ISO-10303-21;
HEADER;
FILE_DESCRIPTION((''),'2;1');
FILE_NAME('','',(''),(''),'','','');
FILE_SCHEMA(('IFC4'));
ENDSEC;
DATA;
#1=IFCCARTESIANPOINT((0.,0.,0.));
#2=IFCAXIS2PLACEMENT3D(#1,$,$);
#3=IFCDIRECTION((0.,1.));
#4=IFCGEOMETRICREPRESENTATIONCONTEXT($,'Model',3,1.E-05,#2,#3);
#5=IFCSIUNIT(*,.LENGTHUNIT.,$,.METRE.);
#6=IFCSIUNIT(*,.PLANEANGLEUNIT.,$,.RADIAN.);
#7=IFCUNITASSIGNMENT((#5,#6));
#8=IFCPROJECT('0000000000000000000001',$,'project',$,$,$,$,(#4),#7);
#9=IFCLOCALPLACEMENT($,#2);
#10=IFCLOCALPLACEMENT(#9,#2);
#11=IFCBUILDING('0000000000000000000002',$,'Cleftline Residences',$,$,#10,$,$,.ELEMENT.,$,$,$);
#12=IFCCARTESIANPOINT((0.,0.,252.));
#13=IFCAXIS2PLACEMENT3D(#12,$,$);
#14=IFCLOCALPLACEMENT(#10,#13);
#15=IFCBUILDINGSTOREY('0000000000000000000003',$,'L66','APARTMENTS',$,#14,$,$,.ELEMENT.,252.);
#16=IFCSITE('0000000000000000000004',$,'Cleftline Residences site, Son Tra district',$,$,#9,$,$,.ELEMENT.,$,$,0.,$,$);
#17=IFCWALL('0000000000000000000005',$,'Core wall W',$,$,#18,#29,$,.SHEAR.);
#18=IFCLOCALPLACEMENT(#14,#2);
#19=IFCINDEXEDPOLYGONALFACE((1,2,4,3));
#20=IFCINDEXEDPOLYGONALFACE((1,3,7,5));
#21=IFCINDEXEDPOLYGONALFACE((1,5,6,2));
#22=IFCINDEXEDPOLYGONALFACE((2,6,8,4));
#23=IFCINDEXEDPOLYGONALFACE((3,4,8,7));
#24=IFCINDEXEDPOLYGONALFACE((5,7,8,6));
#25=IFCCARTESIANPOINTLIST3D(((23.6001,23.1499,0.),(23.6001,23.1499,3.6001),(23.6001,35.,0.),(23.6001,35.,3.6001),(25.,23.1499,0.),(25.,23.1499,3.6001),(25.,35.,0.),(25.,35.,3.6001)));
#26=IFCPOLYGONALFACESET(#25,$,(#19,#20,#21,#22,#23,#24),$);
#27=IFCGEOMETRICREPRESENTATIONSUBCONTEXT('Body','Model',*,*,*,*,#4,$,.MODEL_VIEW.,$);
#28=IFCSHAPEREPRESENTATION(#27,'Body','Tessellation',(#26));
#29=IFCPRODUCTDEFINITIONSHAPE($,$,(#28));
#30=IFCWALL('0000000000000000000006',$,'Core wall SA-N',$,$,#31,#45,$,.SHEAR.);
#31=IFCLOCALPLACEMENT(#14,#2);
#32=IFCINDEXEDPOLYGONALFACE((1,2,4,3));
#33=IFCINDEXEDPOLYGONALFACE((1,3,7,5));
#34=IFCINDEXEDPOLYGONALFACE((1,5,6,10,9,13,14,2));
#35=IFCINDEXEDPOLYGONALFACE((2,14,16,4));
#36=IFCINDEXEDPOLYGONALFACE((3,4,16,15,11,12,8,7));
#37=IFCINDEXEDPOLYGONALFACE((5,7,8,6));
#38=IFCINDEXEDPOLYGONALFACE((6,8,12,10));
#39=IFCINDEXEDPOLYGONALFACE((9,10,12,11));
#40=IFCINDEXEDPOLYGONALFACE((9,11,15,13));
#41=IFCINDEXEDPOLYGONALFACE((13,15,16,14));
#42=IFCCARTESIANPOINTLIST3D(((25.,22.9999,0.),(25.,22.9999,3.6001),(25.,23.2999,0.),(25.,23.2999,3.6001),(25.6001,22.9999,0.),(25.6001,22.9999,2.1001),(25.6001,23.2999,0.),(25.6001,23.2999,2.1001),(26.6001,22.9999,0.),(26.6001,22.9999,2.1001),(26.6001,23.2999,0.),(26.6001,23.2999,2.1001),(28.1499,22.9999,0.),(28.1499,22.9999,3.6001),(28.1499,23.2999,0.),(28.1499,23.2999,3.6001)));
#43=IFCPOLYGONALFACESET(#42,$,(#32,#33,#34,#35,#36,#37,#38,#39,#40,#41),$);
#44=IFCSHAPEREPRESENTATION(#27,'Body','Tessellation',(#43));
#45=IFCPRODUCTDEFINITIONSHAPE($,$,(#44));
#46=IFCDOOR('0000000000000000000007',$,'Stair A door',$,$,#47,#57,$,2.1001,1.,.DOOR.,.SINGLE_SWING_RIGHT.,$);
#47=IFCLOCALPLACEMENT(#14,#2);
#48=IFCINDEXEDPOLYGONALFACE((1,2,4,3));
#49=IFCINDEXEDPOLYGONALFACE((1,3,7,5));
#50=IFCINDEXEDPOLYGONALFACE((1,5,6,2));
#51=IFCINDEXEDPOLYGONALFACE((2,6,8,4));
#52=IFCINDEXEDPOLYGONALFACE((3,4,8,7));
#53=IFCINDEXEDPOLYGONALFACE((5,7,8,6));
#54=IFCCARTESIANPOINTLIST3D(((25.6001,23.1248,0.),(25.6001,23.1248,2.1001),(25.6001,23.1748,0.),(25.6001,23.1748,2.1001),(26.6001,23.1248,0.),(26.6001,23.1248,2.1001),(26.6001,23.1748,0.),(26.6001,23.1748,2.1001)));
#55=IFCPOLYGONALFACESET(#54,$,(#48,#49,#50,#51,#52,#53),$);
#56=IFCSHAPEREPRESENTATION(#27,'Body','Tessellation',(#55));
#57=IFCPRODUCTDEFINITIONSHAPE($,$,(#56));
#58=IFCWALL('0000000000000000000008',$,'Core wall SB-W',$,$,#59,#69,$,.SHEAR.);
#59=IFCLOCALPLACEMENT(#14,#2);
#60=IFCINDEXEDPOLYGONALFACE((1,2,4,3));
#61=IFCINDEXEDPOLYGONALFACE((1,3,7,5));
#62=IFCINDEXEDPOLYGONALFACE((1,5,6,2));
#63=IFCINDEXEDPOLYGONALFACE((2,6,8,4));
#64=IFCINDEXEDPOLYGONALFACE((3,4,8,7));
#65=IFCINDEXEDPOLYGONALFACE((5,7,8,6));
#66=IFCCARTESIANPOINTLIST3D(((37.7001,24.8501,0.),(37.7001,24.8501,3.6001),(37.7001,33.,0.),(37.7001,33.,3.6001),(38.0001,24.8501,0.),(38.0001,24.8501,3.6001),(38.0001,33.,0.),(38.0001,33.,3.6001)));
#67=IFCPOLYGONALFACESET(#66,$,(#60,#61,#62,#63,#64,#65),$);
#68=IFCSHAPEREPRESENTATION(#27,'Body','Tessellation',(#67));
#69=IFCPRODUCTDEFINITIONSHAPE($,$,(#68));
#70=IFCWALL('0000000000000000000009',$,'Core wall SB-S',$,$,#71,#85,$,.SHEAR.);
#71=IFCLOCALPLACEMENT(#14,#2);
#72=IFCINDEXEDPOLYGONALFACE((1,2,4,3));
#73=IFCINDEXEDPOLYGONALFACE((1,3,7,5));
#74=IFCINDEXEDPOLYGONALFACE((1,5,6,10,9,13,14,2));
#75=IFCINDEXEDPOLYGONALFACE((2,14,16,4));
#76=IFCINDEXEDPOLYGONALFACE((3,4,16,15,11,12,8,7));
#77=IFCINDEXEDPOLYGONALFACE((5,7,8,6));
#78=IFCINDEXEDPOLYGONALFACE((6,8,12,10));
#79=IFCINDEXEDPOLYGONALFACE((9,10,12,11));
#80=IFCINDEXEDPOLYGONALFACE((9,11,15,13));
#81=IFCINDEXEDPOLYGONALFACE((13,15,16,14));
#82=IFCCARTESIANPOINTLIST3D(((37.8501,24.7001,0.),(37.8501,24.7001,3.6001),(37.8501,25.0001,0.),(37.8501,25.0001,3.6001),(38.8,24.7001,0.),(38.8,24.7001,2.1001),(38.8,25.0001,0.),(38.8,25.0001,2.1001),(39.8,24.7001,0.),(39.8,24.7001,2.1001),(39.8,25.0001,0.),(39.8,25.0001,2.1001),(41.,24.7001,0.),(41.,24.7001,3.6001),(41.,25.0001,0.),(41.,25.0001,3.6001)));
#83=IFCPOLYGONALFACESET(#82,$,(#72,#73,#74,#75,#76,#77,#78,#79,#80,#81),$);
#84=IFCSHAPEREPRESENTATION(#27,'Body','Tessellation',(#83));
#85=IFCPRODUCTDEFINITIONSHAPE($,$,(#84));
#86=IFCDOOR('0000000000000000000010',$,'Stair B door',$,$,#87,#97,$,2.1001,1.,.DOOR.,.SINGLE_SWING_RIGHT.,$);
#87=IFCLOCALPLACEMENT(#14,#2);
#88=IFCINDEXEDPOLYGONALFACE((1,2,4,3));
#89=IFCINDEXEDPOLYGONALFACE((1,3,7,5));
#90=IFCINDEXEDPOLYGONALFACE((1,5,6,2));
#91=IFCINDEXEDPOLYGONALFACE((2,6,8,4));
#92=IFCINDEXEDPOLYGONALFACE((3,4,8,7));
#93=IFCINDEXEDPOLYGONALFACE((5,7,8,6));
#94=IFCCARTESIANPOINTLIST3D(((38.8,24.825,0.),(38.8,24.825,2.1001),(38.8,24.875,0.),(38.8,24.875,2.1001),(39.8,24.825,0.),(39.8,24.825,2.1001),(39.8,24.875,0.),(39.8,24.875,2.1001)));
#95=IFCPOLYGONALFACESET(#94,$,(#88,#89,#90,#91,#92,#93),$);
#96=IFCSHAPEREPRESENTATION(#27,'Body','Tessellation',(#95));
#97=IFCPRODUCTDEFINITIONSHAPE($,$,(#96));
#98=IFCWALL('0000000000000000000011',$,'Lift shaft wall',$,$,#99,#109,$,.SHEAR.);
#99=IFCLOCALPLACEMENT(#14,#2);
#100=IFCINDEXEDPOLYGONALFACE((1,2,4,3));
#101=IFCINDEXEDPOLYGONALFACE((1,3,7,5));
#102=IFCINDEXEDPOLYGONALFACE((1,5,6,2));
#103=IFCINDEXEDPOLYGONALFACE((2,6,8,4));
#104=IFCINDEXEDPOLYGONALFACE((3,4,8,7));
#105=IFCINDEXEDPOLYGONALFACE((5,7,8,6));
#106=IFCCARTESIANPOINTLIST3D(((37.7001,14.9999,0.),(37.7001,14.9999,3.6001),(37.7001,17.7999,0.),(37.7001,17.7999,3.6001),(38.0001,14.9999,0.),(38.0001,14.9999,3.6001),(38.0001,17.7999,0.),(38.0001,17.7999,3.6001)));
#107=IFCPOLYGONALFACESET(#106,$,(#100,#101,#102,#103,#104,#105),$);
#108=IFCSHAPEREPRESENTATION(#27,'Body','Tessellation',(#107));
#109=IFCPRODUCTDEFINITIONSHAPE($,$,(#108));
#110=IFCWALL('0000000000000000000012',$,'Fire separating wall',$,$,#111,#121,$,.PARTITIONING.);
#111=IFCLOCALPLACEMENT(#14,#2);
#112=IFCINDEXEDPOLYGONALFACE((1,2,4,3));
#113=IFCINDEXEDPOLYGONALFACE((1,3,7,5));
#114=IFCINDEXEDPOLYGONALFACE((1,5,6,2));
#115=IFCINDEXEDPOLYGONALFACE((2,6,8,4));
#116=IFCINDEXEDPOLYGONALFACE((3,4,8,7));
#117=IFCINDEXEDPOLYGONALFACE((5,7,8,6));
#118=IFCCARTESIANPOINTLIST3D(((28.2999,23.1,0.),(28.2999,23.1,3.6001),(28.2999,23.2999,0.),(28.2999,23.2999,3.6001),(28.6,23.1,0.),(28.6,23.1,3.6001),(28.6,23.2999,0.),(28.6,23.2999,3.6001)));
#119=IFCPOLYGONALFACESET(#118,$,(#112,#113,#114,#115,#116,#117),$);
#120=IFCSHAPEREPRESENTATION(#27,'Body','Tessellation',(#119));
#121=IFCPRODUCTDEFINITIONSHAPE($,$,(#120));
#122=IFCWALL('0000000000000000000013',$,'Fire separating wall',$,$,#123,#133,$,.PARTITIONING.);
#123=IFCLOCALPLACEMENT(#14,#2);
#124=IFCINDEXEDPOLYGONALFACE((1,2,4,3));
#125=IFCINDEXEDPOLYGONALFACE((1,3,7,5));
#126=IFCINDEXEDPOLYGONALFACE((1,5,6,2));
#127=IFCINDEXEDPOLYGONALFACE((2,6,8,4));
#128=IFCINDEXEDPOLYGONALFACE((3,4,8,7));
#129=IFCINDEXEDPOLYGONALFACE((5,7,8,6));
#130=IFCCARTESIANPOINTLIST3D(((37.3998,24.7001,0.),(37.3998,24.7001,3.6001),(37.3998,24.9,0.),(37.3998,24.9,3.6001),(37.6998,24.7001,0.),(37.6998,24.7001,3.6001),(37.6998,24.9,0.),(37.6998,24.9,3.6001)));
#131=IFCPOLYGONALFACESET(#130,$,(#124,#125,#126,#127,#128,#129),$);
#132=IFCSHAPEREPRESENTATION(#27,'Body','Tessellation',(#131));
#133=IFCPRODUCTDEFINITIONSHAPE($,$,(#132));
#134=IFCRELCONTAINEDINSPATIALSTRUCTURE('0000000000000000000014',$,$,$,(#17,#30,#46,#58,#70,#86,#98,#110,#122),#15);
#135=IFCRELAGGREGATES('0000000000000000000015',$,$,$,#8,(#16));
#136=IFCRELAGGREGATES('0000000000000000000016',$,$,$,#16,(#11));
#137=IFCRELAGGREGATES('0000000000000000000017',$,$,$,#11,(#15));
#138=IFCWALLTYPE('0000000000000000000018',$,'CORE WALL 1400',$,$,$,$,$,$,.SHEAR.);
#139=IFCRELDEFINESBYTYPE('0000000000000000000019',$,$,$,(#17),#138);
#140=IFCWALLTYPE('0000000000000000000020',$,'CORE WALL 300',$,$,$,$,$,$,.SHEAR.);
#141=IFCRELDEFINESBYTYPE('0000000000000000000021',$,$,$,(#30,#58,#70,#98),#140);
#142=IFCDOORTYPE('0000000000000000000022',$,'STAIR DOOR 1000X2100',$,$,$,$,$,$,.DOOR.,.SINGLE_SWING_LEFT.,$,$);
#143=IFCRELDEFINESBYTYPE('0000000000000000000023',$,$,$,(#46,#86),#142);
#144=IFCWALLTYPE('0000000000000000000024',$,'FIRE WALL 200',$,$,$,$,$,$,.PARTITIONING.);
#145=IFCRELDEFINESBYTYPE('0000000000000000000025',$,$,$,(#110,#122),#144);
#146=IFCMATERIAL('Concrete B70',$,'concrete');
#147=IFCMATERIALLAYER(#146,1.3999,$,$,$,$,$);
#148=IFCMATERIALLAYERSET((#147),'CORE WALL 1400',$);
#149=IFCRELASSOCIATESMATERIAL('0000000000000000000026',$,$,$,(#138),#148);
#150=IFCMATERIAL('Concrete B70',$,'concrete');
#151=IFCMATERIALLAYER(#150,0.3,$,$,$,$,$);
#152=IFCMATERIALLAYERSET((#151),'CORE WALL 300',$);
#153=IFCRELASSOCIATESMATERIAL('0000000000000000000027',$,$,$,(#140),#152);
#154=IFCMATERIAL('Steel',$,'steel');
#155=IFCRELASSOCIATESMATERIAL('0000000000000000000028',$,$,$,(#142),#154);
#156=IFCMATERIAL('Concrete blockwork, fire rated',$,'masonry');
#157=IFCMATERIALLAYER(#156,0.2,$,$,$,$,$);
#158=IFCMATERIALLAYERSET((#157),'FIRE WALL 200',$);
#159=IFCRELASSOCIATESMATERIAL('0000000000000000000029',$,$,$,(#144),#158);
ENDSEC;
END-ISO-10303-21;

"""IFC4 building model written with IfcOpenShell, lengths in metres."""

from ifc_helpers import new_model, si_unit, direction, frame, frame_2d, origin, place, context, subcontext, project, spatial, rectangle, extrude, material, layer, layer_set, type_object, element, fill, save


model = new_model("IFC4")

# Units and contexts
model_context = context("Model", 3, precision=1e-05, world=origin(), true_north=direction((0.0, 1.0)))
body_context = subcontext(model_context, "Body", "Model", "MODEL_VIEW")
ifc_project = project(units=[si_unit("LENGTHUNIT", "METRE"), si_unit("PLANEANGLEUNIT", "RADIAN")], contexts=[model_context])

# Site, building, storey
site_placement = place(None, origin())
site = spatial("IfcSite", under=ifc_project, at=site_placement, Name="Cleftline Residences site, Son Tra district", CompositionType="ELEMENT", RefElevation=0.0)
building_placement = place(site_placement, origin())
building = spatial("IfcBuilding", under=site, at=building_placement, Name="Cleftline Residences", CompositionType="ELEMENT")
storey_placement = place(building_placement, frame((0.0, 0.0, 252.0)))
storey = spatial("IfcBuildingStorey", under=building, at=storey_placement, Name="L66", Description="APARTMENTS", CompositionType="ELEMENT", Elevation=252.0)

# Wall
ifc_material_1 = material(Name="Concrete B70", Category="concrete")
ifc_layer_1 = layer(ifc_material_1, 1.3999)
ifc_layer_set_1 = layer_set([ifc_layer_1], Name="CORE WALL 1400")
wall_type_1 = type_object("IfcWallType", Name="CORE WALL 1400", PredefinedType="SHEAR", material=ifc_layer_set_1)
wall_1_placement = place(storey_placement, frame((24.3, 23.1499, 0.0), z_axis=(0.0, 0.0, 1.0), x_axis=(0.0, 1.0, 0.0)))
element("IfcWall", 1, at=wall_1_placement, inside=storey, type_object=wall_type_1, Name="Core wall W", PredefinedType="SHEAR", context=body_context, shape_type="SweptSolid", body=[
    extrude(rectangle(XDim=11.8501, YDim=1.3999, at=frame_2d((5.925, 0.0))), origin(), (0.0, 0.0, 1.0), 3.6001),
])

# Wall, opening, door
ifc_material_2 = material(Name="Concrete B70", Category="concrete")
ifc_layer_2 = layer(ifc_material_2, 0.3)
ifc_layer_set_2 = layer_set([ifc_layer_2], Name="CORE WALL 300")
wall_type_2 = type_object("IfcWallType", Name="CORE WALL 300", PredefinedType="SHEAR", material=ifc_layer_set_2)
wall_2_placement = place(storey_placement, frame((25.0, 23.1499, 0.0), z_axis=(0.0, 0.0, 1.0), x_axis=(1.0, 0.0, 0.0)))
wall_2 = element("IfcWall", 2, at=wall_2_placement, inside=storey, type_object=wall_type_2, Name="Core wall SA-N", PredefinedType="SHEAR", context=body_context, shape_type="SweptSolid", body=[
    extrude(rectangle(XDim=3.1499, YDim=0.3, at=frame_2d((1.575, 0.0))), origin(), (0.0, 0.0, 1.0), 3.6001),
])
opening_1_placement = place(wall_2_placement, frame((0.6001, 0.0, 0.0)))
opening_1 = element("IfcOpeningElement", 3, at=opening_1_placement, cuts=wall_2, PredefinedType="OPENING", context=body_context, shape_type="SweptSolid", body=[
    extrude(rectangle(XDim=1.0, YDim=2.1001, at=frame_2d((0.5, 1.05))), frame((0.0, 0.1599, 0.0), z_axis=(0.0, -1.0, 0.0), x_axis=(1.0, 0.0, 0.0)), (0.0, 0.0, 1.0), 0.3201),
])
ifc_material_3 = material(Name="Steel", Category="steel")
door_type_1 = type_object("IfcDoorType", Name="STAIR DOOR 1000X2100", OperationType="SINGLE_SWING_LEFT", PredefinedType="DOOR", material=ifc_material_3)
door_1_placement = place(opening_1_placement, origin())
door_1 = element("IfcDoor", 4, at=door_1_placement, inside=storey, type_object=door_type_1, Name="Stair A door", OperationType="SINGLE_SWING_RIGHT", OverallHeight=2.1001, OverallWidth=1.0, PredefinedType="DOOR", context=body_context, shape_type="SweptSolid", body=[
    extrude(rectangle(XDim=1.0, YDim=2.1001, at=frame_2d((0.5, 1.05))), frame((0.0, 0.0249, 0.0), z_axis=(0.0, -1.0, 0.0), x_axis=(1.0, 0.0, 0.0)), (0.0, 0.0, 1.0), 0.05),
])
fill(opening_1, door_1)

# Wall
wall_3_placement = place(storey_placement, frame((37.8501, 24.8501, 0.0), z_axis=(0.0, 0.0, 1.0), x_axis=(0.0, 1.0, 0.0)))
element("IfcWall", 5, at=wall_3_placement, inside=storey, type_object=wall_type_2, Name="Core wall SB-W", PredefinedType="SHEAR", context=body_context, shape_type="SweptSolid", body=[
    extrude(rectangle(XDim=8.1499, YDim=0.3, at=frame_2d((4.075, 0.0))), origin(), (0.0, 0.0, 1.0), 3.6001),
])

# Wall, opening, door
wall_4_placement = place(storey_placement, frame((37.8501, 24.8501, 0.0), z_axis=(0.0, 0.0, 1.0), x_axis=(1.0, 0.0, 0.0)))
wall_4 = element("IfcWall", 6, at=wall_4_placement, inside=storey, type_object=wall_type_2, Name="Core wall SB-S", PredefinedType="SHEAR", context=body_context, shape_type="SweptSolid", body=[
    extrude(rectangle(XDim=3.1499, YDim=0.3, at=frame_2d((1.575, 0.0))), origin(), (0.0, 0.0, 1.0), 3.6001),
])
opening_2_placement = place(wall_4_placement, frame((0.95, 0.0, 0.0)))
opening_2 = element("IfcOpeningElement", 7, at=opening_2_placement, cuts=wall_4, PredefinedType="OPENING", context=body_context, shape_type="SweptSolid", body=[
    extrude(rectangle(XDim=1.0, YDim=2.1001, at=frame_2d((0.5, 1.05))), frame((0.0, 0.1599, 0.0), z_axis=(0.0, -1.0, 0.0), x_axis=(1.0, 0.0, 0.0)), (0.0, 0.0, 1.0), 0.3201),
])
door_2_placement = place(opening_2_placement, origin())
door_2 = element("IfcDoor", 8, at=door_2_placement, inside=storey, type_object=door_type_1, Name="Stair B door", OperationType="SINGLE_SWING_RIGHT", OverallHeight=2.1001, OverallWidth=1.0, PredefinedType="DOOR", context=body_context, shape_type="SweptSolid", body=[
    extrude(rectangle(XDim=1.0, YDim=2.1001, at=frame_2d((0.5, 1.05))), frame((0.0, 0.0249, 0.0), z_axis=(0.0, -1.0, 0.0), x_axis=(1.0, 0.0, 0.0)), (0.0, 0.0, 1.0), 0.05),
])
fill(opening_2, door_2)

# Walls
wall_5_placement = place(storey_placement, frame((37.8501, 15.0, 0.0), z_axis=(0.0, 0.0, 1.0), x_axis=(0.0, 1.0, 0.0)))
element("IfcWall", 9, at=wall_5_placement, inside=storey, type_object=wall_type_2, Name="Lift shaft wall", PredefinedType="SHEAR", context=body_context, shape_type="SweptSolid", body=[
    extrude(rectangle(XDim=2.8, YDim=0.3, at=frame_2d((1.3999, 0.0))), origin(), (0.0, 0.0, 1.0), 3.6001),
])
ifc_material_4 = material(Name="Concrete blockwork, fire rated", Category="masonry")
ifc_layer_3 = layer(ifc_material_4, 0.2)
ifc_layer_set_3 = layer_set([ifc_layer_3], Name="FIRE WALL 200")
wall_type_3 = type_object("IfcWallType", Name="FIRE WALL 200", PredefinedType="PARTITIONING", material=ifc_layer_set_3)
for number, where, z_axis, x_axis, name in (
    (10, (28.3, 23.2, 0.0), (0.0, 0.0, 1.0), (1.0, 0.0, 0.0), "Fire separating wall"),
    (11, (37.3999, 24.8, 0.0), (0.0, 0.0, 1.0), (1.0, 0.0, 0.0), "Fire separating wall"),
):
    element("IfcWall", number, at=place(storey_placement, frame(where, z_axis=z_axis, x_axis=x_axis)), inside=storey, type_object=wall_type_3, Name=name, PredefinedType="PARTITIONING", context=body_context, shape_type="SweptSolid", body=[
        extrude(rectangle(XDim=0.3, YDim=0.2, at=frame_2d((0.1499, 0.0))), origin(), (0.0, 0.0, 1.0), 3.6001),
    ])

save(model, "model.ifc")
